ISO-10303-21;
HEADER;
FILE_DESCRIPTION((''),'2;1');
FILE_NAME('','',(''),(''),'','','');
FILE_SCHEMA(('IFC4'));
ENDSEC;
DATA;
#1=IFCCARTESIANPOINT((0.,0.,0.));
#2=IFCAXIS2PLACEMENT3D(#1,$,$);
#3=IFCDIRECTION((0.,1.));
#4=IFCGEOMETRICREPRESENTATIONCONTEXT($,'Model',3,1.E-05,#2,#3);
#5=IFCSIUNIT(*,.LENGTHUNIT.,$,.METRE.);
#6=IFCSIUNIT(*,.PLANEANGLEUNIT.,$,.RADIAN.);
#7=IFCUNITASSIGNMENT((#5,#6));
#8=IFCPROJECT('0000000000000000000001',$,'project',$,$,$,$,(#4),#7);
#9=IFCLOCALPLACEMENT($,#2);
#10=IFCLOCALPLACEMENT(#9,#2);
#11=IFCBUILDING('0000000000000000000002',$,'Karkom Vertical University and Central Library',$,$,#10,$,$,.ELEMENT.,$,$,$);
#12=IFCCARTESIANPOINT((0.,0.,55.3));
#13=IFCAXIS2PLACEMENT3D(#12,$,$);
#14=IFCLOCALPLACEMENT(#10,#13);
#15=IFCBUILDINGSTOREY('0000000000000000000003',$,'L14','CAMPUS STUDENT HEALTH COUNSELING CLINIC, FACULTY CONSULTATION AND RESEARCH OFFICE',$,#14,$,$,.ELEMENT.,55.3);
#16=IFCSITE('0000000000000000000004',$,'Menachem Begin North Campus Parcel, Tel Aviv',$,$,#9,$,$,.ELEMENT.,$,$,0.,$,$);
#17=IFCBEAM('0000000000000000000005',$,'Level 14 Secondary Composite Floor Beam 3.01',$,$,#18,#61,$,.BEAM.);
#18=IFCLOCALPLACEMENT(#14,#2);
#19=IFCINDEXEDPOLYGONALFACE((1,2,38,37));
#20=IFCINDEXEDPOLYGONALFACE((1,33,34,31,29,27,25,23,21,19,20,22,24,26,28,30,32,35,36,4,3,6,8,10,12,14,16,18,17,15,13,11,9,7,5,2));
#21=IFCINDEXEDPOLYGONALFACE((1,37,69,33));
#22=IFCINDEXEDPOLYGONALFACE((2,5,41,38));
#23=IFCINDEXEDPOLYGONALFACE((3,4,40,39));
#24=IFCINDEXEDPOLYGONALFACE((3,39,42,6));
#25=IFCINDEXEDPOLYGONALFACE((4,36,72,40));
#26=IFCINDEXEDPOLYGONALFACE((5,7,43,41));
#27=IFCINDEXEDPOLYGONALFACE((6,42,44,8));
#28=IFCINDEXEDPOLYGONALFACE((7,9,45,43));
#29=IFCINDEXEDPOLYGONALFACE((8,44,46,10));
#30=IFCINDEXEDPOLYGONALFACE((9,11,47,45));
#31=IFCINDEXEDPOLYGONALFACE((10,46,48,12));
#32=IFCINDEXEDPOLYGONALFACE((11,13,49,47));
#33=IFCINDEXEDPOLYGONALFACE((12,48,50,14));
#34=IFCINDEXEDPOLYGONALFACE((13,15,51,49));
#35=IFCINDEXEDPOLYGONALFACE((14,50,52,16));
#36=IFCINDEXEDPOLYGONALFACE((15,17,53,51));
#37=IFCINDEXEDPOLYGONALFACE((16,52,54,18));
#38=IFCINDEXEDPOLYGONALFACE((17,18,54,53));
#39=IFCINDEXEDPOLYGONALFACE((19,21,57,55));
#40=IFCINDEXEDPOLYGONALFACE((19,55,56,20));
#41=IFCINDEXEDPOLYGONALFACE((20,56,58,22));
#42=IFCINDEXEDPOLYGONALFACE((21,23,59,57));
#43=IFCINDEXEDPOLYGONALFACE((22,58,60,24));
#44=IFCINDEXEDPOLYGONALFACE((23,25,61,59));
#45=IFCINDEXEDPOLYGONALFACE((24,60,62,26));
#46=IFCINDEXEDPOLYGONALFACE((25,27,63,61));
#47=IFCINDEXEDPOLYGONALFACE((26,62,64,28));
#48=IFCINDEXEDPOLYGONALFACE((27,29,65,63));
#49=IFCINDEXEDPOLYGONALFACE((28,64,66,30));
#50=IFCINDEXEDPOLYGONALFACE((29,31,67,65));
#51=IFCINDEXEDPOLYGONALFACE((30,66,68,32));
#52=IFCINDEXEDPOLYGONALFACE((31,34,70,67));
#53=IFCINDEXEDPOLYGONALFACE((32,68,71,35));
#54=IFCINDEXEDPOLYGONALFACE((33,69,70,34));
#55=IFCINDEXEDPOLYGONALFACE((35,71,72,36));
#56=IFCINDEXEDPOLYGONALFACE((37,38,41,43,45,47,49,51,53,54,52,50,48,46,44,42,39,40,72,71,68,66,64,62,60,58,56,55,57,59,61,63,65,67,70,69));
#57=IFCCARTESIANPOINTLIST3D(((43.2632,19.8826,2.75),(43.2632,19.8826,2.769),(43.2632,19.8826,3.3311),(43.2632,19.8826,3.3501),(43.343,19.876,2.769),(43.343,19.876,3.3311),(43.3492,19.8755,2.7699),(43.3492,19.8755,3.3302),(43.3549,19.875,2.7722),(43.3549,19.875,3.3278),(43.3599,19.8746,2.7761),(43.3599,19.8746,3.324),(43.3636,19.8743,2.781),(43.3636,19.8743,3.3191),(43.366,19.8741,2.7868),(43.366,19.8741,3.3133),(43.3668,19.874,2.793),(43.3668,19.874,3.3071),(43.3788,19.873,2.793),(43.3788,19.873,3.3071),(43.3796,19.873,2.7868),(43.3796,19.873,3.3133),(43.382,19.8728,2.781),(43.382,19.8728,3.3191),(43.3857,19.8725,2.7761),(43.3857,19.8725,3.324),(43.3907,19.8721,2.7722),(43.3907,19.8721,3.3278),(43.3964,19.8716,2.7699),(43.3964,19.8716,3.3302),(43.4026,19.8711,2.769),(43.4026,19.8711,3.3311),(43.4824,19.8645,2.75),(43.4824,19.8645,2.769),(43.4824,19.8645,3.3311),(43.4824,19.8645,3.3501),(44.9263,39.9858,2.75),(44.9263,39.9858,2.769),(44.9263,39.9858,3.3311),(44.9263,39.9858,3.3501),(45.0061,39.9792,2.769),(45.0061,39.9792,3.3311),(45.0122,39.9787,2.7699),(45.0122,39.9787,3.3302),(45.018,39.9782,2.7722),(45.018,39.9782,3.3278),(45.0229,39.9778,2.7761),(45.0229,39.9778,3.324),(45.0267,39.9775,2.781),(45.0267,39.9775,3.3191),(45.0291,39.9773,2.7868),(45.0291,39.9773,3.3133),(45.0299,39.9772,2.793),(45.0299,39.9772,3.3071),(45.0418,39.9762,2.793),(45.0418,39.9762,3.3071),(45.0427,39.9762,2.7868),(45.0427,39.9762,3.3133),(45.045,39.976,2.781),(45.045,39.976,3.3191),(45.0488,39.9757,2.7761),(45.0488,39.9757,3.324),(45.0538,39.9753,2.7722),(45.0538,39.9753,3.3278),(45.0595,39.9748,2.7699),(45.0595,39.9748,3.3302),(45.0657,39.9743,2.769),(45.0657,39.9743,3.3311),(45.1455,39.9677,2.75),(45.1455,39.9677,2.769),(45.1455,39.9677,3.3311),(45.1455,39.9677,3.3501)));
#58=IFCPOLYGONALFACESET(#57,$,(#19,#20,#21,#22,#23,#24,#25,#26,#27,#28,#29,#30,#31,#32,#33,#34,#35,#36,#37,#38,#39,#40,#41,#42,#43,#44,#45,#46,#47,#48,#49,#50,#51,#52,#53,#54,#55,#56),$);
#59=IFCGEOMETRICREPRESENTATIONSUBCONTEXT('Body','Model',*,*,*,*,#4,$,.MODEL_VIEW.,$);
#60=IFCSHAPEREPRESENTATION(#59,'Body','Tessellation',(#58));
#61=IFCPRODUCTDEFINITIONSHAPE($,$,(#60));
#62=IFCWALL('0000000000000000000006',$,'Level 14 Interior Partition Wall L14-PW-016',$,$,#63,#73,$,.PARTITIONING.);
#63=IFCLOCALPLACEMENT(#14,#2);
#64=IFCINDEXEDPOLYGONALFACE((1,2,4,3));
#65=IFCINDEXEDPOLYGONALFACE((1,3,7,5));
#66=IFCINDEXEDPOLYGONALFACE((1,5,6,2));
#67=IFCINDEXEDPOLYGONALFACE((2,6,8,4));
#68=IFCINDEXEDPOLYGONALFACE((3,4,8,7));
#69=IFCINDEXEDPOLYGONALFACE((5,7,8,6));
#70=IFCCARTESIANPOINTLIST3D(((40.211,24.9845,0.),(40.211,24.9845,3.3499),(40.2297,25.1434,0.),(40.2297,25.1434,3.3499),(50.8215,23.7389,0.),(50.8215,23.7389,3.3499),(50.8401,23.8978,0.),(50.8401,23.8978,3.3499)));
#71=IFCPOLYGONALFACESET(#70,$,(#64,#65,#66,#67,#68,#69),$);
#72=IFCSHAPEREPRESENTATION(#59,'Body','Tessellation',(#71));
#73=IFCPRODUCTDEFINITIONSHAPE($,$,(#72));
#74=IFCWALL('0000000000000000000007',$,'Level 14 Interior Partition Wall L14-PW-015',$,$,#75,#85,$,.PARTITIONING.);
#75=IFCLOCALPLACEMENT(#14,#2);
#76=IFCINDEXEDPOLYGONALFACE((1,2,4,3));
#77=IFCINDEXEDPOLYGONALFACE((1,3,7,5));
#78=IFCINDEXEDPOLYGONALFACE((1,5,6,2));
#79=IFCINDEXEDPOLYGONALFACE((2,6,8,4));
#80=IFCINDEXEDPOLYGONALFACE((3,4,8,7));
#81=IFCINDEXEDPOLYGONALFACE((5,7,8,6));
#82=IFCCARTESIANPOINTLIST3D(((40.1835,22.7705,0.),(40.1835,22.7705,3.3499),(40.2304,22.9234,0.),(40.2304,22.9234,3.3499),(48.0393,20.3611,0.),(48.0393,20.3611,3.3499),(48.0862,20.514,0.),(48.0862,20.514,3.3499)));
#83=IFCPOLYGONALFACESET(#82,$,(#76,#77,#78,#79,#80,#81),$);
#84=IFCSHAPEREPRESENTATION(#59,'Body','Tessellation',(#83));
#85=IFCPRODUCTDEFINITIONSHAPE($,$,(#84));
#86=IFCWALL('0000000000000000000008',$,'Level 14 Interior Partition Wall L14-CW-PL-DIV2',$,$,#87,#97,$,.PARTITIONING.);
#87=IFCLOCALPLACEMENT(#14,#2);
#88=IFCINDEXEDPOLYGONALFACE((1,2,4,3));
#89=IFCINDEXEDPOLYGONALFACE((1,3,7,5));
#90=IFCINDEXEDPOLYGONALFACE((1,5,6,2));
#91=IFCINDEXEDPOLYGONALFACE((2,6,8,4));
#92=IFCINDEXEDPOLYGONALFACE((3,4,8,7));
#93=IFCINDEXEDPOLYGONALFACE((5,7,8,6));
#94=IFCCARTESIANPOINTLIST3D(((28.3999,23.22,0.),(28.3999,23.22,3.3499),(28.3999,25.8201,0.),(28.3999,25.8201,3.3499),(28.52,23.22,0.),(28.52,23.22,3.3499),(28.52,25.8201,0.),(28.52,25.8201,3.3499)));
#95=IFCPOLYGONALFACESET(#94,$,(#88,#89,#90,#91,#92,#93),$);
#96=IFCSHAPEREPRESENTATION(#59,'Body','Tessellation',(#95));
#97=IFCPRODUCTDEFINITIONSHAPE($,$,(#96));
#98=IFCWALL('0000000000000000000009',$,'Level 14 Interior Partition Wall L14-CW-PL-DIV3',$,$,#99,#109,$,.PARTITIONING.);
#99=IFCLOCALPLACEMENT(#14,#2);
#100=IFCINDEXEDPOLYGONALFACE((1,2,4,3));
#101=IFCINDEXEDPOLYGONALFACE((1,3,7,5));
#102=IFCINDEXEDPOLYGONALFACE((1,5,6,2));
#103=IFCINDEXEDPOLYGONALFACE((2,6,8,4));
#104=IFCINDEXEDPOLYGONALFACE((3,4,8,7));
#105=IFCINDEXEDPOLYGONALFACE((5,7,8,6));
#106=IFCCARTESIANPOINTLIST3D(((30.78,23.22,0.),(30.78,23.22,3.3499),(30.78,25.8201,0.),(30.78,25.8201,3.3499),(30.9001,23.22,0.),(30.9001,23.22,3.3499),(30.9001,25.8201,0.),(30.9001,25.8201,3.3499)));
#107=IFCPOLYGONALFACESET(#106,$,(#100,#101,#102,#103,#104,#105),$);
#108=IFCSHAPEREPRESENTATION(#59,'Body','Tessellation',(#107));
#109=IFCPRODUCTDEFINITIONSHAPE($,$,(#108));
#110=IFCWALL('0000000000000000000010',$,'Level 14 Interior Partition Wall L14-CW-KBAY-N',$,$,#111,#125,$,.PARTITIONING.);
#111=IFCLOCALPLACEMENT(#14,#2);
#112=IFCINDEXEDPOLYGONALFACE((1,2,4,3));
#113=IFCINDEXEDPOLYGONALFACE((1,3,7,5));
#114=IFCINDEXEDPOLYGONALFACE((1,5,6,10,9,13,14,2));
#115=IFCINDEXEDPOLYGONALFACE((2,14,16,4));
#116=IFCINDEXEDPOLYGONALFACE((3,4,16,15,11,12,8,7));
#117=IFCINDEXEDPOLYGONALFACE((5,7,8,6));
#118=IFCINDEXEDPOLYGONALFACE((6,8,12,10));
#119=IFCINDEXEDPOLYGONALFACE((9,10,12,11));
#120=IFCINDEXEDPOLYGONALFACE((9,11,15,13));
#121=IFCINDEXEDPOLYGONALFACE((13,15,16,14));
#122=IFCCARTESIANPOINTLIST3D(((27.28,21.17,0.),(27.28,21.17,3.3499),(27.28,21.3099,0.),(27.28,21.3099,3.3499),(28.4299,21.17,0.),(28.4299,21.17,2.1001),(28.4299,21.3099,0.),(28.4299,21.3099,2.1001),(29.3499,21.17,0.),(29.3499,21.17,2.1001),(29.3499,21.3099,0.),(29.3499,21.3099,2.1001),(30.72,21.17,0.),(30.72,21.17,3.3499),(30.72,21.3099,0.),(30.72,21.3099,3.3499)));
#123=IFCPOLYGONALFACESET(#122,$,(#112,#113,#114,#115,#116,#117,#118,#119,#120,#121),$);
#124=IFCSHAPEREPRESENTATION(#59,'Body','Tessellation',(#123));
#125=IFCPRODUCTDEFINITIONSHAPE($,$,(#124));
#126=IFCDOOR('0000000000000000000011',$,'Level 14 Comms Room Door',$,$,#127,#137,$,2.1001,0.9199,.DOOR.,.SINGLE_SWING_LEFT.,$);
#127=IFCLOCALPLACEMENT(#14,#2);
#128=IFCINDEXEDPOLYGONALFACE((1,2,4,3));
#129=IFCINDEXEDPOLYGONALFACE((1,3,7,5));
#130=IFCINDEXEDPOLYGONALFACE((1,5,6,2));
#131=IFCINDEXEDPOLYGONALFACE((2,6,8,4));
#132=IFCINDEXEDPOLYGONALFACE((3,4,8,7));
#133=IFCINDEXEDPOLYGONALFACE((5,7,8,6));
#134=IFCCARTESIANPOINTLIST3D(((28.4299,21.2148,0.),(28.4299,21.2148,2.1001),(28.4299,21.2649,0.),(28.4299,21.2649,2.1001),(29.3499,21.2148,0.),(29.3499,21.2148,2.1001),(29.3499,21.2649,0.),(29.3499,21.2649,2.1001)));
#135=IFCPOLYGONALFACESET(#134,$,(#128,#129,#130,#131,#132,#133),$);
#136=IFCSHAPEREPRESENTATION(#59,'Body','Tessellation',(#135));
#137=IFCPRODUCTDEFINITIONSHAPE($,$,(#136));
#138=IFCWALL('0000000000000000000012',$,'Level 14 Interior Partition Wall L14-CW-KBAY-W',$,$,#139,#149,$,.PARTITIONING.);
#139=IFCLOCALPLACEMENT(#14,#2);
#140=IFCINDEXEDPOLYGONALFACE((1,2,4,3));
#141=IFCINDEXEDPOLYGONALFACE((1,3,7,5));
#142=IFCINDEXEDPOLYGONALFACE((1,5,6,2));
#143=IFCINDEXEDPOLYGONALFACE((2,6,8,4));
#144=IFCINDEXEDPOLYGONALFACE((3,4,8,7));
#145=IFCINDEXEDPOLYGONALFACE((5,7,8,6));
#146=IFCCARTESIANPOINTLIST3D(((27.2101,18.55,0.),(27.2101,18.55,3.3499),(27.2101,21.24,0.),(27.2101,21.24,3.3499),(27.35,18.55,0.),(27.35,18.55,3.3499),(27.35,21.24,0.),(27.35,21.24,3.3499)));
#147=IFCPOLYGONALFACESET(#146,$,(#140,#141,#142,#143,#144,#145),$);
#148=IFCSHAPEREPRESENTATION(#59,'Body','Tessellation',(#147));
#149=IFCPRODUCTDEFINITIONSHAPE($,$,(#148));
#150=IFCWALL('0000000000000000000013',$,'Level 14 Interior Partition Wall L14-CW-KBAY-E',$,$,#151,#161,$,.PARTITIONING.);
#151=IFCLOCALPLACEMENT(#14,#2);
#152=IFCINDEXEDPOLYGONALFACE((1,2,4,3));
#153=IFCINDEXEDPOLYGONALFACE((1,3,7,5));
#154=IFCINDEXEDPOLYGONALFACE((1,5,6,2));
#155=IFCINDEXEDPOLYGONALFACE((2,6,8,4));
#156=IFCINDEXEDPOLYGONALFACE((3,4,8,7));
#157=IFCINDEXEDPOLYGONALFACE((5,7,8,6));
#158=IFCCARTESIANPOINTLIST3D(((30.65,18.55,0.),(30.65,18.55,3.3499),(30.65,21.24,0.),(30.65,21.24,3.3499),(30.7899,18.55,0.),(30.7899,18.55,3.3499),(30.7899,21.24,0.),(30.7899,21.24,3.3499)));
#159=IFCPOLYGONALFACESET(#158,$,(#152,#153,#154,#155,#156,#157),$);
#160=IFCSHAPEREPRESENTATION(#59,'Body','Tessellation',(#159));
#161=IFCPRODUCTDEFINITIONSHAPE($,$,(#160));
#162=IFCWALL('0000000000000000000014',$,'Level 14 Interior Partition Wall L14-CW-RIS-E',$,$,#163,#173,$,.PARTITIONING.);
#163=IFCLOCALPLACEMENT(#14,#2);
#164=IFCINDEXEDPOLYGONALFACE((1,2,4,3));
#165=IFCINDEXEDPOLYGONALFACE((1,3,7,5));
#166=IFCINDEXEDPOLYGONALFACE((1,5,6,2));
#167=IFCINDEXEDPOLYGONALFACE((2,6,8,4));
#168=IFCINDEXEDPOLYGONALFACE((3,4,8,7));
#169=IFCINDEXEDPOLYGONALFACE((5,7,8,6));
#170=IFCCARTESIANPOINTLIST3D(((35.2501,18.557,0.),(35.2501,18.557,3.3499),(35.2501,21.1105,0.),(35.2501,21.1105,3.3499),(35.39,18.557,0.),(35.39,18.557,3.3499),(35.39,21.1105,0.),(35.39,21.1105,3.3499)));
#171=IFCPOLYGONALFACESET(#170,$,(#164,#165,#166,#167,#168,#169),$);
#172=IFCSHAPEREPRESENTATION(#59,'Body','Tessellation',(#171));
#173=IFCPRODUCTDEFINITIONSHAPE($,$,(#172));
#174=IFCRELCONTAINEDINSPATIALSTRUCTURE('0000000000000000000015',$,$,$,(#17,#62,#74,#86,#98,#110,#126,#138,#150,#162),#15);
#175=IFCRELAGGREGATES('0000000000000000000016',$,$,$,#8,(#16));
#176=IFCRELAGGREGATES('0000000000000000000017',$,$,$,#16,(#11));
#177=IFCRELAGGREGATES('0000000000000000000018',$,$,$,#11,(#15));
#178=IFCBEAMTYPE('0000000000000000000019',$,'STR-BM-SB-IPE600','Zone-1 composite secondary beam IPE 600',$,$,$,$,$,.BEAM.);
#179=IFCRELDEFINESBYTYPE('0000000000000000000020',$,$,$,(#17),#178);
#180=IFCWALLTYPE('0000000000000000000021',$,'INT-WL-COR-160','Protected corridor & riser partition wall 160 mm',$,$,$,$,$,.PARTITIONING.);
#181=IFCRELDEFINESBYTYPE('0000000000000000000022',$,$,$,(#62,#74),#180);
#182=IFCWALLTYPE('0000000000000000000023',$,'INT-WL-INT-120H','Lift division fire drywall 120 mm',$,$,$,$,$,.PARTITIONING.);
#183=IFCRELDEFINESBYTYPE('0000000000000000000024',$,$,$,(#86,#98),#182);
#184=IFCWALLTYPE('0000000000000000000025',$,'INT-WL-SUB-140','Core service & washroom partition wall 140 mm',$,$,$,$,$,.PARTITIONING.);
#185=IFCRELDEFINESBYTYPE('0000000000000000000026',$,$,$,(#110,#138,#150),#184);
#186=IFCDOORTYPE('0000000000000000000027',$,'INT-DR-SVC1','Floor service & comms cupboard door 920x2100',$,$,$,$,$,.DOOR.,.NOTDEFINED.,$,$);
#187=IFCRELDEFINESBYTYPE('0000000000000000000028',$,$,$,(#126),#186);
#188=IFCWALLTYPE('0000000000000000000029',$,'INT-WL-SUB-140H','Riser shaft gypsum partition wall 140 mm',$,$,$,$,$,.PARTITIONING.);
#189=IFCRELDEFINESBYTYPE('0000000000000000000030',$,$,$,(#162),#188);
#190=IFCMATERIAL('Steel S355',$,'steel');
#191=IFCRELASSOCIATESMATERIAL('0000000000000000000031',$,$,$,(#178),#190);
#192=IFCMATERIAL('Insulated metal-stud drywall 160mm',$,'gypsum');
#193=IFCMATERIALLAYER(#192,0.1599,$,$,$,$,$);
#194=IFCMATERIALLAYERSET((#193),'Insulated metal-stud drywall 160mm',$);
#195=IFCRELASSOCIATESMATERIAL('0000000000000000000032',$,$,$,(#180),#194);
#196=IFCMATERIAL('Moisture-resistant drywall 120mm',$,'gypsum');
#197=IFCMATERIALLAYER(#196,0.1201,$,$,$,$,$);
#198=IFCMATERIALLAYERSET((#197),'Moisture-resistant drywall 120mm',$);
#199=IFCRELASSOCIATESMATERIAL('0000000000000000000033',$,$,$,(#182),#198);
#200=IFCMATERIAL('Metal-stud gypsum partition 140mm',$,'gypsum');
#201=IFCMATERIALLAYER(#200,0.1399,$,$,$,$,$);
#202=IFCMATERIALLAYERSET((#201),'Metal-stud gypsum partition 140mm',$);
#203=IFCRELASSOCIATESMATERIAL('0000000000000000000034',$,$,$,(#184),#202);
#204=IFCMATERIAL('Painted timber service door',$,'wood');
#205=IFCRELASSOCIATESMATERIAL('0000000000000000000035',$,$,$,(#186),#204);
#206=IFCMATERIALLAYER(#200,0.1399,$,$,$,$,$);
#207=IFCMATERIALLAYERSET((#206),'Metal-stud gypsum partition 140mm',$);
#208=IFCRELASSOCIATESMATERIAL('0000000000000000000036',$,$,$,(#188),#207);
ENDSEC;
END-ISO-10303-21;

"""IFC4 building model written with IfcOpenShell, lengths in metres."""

from ifc_helpers import new_model, si_unit, direction, frame, frame_2d, origin, origin_with_axes, origin_2d, place, context, subcontext, project, spatial, rectangle, i_section, extrude, source, transform, mapped, material, layer, layer_set, material_profile, profile_set, type_object, element, fill, save


model = new_model("IFC4")

# Units and contexts
model_context = context("Model", 3, precision=1e-05, world=origin(), true_north=direction((0.0, 1.0)))
body_context = subcontext(model_context, "Body", "Model", "MODEL_VIEW")
ifc_project = project(units=[si_unit("LENGTHUNIT", "METRE"), si_unit("PLANEANGLEUNIT", "RADIAN")], contexts=[model_context])

# Site, building, storey
site_placement = place(None, origin())
site = spatial("IfcSite", under=ifc_project, at=site_placement, Name="Menachem Begin North Campus Parcel, Tel Aviv", CompositionType="ELEMENT", RefElevation=0.0)
building_placement = place(site_placement, origin())
building = spatial("IfcBuilding", under=site, at=building_placement, Name="Karkom Vertical University and Central Library", CompositionType="ELEMENT")
storey_placement = place(building_placement, frame((0.0, 0.0, 55.3)))
storey = spatial("IfcBuildingStorey", under=building, at=storey_placement, Name="L14", Description="CAMPUS STUDENT HEALTH COUNSELING CLINIC, FACULTY CONSULTATION AND RESEARCH OFFICE", CompositionType="ELEMENT", Elevation=55.3)

# Beam
ifc_material_1 = material(Name="Steel S355", Category="steel")
ifc_material_profile_1 = material_profile(ifc_material_1, i_section(OverallWidth=0.22, OverallDepth=0.6001, WebThickness=0.012, FlangeThickness=0.019, FilletRadius=0.0239, at=origin_2d()), Name="IPE 600")
ifc_profile_set_1 = profile_set([ifc_material_profile_1], Name="Steel S355")
beam_type_1 = type_object("IfcBeamType", Name="STR-BM-SB-IPE600", Description="Zone-1 composite secondary beam IPE 600", PredefinedType="BEAM", material=ifc_profile_set_1)
shared_shape_1 = source(origin_with_axes(), body_context, "Body", "SweptSolid", [
    extrude(i_section(OverallWidth=0.22, OverallDepth=0.6001, WebThickness=0.012, FlangeThickness=0.019, FilletRadius=0.0239, at=origin_2d()), origin(), (0.0, 0.0, 1.0), 20.1719),
])
beam_1_placement = place(storey_placement, frame((43.3728, 19.8735, 3.05), z_axis=(0.082445, 0.996596, 0.0), x_axis=(-0.996596, 0.082445, 0.0)))
element("IfcBeam", 1, at=beam_1_placement, inside=storey, type_object=beam_type_1, Name="Level 14 Secondary Composite Floor Beam 3.01", PredefinedType="BEAM", context=body_context, shape_type="MappedRepresentation", body=[
    mapped(shared_shape_1, transform((0.0, 0.0, 0.0), scale=1.0)),
])

# Walls
ifc_material_2 = material(Name="Insulated metal-stud drywall 160mm", Category="gypsum")
ifc_layer_1 = layer(ifc_material_2, 0.1599)
ifc_layer_set_1 = layer_set([ifc_layer_1], Name="Insulated metal-stud drywall 160mm")
wall_type_1 = type_object("IfcWallType", Name="INT-WL-COR-160", Description="Protected corridor & riser partition wall 160 mm", PredefinedType="PARTITIONING", material=ifc_layer_set_1)
wall_1_placement = place(storey_placement, frame((40.2202, 25.064, 0.0), z_axis=(0.0, 0.0, 1.0), x_axis=(0.99318, -0.116592, 0.0)))
element("IfcWall", 2, at=wall_1_placement, inside=storey, type_object=wall_type_1, Name="Level 14 Interior Partition Wall L14-PW-016", PredefinedType="PARTITIONING", context=body_context, shape_type="SweptSolid", body=[
    extrude(rectangle(XDim=10.6833, YDim=0.1599, at=frame_2d((5.3418, 0.0))), origin(), (0.0, 0.0, 1.0), 3.3499),
])
wall_2_placement = place(storey_placement, frame((40.207, 22.8469, 0.0), z_axis=(0.0, 0.0, 1.0), x_axis=(0.956045, -0.293219, 0.0)))
element("IfcWall", 3, at=wall_2_placement, inside=storey, type_object=wall_type_1, Name="Level 14 Interior Partition Wall L14-PW-015", PredefinedType="PARTITIONING", context=body_context, shape_type="SweptSolid", body=[
    extrude(rectangle(XDim=8.217, YDim=0.1599, at=frame_2d((4.1084, 0.0))), origin(), (0.0, 0.0, 1.0), 3.3499),
])
ifc_material_3 = material(Name="Moisture-resistant drywall 120mm", Category="gypsum")
ifc_layer_2 = layer(ifc_material_3, 0.1201)
ifc_layer_set_2 = layer_set([ifc_layer_2], Name="Moisture-resistant drywall 120mm")
wall_type_2 = type_object("IfcWallType", Name="INT-WL-INT-120H", Description="Lift division fire drywall 120 mm", PredefinedType="PARTITIONING", material=ifc_layer_set_2)
for number, where, z_axis, x_axis, name in (
    (4, (28.46, 23.22, 0.0), (0.0, 0.0, 1.0), (0.0, 1.0, 0.0), "Level 14 Interior Partition Wall L14-CW-PL-DIV2"),
    (5, (30.8401, 23.22, 0.0), (0.0, 0.0, 1.0), (0.0, 1.0, 0.0), "Level 14 Interior Partition Wall L14-CW-PL-DIV3"),
):
    element("IfcWall", number, at=place(storey_placement, frame(where, z_axis=z_axis, x_axis=x_axis)), inside=storey, type_object=wall_type_2, Name=name, PredefinedType="PARTITIONING", context=body_context, shape_type="SweptSolid", body=[
        extrude(rectangle(XDim=2.6001, YDim=0.1201, at=frame_2d((1.3, 0.0))), origin(), (0.0, 0.0, 1.0), 3.3499),
    ])

# Wall, opening, door
ifc_material_4 = material(Name="Metal-stud gypsum partition 140mm", Category="gypsum")
ifc_layer_3 = layer(ifc_material_4, 0.1399)
ifc_layer_set_3 = layer_set([ifc_layer_3], Name="Metal-stud gypsum partition 140mm")
wall_type_3 = type_object("IfcWallType", Name="INT-WL-SUB-140", Description="Core service & washroom partition wall 140 mm", PredefinedType="PARTITIONING", material=ifc_layer_set_3)
wall_3_placement = place(storey_placement, frame((27.28, 21.24, 0.0), z_axis=(0.0, 0.0, 1.0), x_axis=(1.0, 0.0, 0.0)))
wall_3 = element("IfcWall", 6, at=wall_3_placement, inside=storey, type_object=wall_type_3, Name="Level 14 Interior Partition Wall L14-CW-KBAY-N", PredefinedType="PARTITIONING", context=body_context, shape_type="SweptSolid", body=[
    extrude(rectangle(XDim=3.4399, YDim=0.1399, at=frame_2d((1.72, 0.0))), origin(), (0.0, 0.0, 1.0), 3.3499),
])
opening_1_placement = place(wall_3_placement, frame((1.1499, 0.0, 0.0)))
opening_1 = element("IfcOpeningElement", 7, at=opening_1_placement, cuts=wall_3, PredefinedType="OPENING", context=body_context, shape_type="SweptSolid", body=[
    extrude(rectangle(XDim=0.9199, YDim=2.1001, at=frame_2d((0.46, 1.05))), frame((0.0, 0.0801, 0.0), z_axis=(0.0, -1.0, 0.0), x_axis=(1.0, 0.0, 0.0)), (0.0, 0.0, 1.0), 0.1599),
])
ifc_material_5 = material(Name="Painted timber service door", Category="wood")
door_type_1 = type_object("IfcDoorType", Name="INT-DR-SVC1", Description="Floor service & comms cupboard door 920x2100", OperationType="NOTDEFINED", PredefinedType="DOOR", material=ifc_material_5)
shared_shape_2 = source(origin_with_axes(), body_context, "Body", "SweptSolid", [
    extrude(rectangle(XDim=0.9199, YDim=2.1001, at=frame_2d((0.46, 1.05))), frame((0.0, 0.0249, 0.0), z_axis=(0.0, -1.0, 0.0), x_axis=(1.0, 0.0, 0.0)), (0.0, 0.0, 1.0), 0.05),
])
door_1_placement = place(opening_1_placement, origin())
door_1 = element("IfcDoor", 8, at=door_1_placement, inside=storey, type_object=door_type_1, Name="Level 14 Comms Room Door", OperationType="SINGLE_SWING_LEFT", OverallHeight=2.1001, OverallWidth=0.9199, PredefinedType="DOOR", context=body_context, shape_type="MappedRepresentation", body=[
    mapped(shared_shape_2, transform((0.0, 0.0, 0.0), scale=1.0)),
])
fill(opening_1, door_1)

# Walls
for number, where, z_axis, x_axis, name in (
    (9, (27.28, 18.55, 0.0), (0.0, 0.0, 1.0), (0.0, 1.0, 0.0), "Level 14 Interior Partition Wall L14-CW-KBAY-W"),
    (10, (30.72, 18.55, 0.0), (0.0, 0.0, 1.0), (0.0, 1.0, 0.0), "Level 14 Interior Partition Wall L14-CW-KBAY-E"),
):
    element("IfcWall", number, at=place(storey_placement, frame(where, z_axis=z_axis, x_axis=x_axis)), inside=storey, type_object=wall_type_3, Name=name, PredefinedType="PARTITIONING", context=body_context, shape_type="SweptSolid", body=[
        extrude(rectangle(XDim=2.6899, YDim=0.1399, at=frame_2d((1.345, 0.0))), origin(), (0.0, 0.0, 1.0), 3.3499),
    ])
ifc_layer_4 = layer(ifc_material_4, 0.1399)
ifc_layer_set_4 = layer_set([ifc_layer_4], Name="Metal-stud gypsum partition 140mm")
wall_type_4 = type_object("IfcWallType", Name="INT-WL-SUB-140H", Description="Riser shaft gypsum partition wall 140 mm", PredefinedType="PARTITIONING", material=ifc_layer_set_4)
wall_4_placement = place(storey_placement, frame((35.3201, 18.5569, 0.0), z_axis=(0.0, 0.0, 1.0), x_axis=(0.0, 1.0, 0.0)))
element("IfcWall", 11, at=wall_4_placement, inside=storey, type_object=wall_type_4, Name="Level 14 Interior Partition Wall L14-CW-RIS-E", PredefinedType="PARTITIONING", context=body_context, shape_type="SweptSolid", body=[
    extrude(rectangle(XDim=2.5535, YDim=0.1399, at=frame_2d((1.2769, 0.0))), origin(), (0.0, 0.0, 1.0), 3.3499),
])

save(model, "model.ifc")
